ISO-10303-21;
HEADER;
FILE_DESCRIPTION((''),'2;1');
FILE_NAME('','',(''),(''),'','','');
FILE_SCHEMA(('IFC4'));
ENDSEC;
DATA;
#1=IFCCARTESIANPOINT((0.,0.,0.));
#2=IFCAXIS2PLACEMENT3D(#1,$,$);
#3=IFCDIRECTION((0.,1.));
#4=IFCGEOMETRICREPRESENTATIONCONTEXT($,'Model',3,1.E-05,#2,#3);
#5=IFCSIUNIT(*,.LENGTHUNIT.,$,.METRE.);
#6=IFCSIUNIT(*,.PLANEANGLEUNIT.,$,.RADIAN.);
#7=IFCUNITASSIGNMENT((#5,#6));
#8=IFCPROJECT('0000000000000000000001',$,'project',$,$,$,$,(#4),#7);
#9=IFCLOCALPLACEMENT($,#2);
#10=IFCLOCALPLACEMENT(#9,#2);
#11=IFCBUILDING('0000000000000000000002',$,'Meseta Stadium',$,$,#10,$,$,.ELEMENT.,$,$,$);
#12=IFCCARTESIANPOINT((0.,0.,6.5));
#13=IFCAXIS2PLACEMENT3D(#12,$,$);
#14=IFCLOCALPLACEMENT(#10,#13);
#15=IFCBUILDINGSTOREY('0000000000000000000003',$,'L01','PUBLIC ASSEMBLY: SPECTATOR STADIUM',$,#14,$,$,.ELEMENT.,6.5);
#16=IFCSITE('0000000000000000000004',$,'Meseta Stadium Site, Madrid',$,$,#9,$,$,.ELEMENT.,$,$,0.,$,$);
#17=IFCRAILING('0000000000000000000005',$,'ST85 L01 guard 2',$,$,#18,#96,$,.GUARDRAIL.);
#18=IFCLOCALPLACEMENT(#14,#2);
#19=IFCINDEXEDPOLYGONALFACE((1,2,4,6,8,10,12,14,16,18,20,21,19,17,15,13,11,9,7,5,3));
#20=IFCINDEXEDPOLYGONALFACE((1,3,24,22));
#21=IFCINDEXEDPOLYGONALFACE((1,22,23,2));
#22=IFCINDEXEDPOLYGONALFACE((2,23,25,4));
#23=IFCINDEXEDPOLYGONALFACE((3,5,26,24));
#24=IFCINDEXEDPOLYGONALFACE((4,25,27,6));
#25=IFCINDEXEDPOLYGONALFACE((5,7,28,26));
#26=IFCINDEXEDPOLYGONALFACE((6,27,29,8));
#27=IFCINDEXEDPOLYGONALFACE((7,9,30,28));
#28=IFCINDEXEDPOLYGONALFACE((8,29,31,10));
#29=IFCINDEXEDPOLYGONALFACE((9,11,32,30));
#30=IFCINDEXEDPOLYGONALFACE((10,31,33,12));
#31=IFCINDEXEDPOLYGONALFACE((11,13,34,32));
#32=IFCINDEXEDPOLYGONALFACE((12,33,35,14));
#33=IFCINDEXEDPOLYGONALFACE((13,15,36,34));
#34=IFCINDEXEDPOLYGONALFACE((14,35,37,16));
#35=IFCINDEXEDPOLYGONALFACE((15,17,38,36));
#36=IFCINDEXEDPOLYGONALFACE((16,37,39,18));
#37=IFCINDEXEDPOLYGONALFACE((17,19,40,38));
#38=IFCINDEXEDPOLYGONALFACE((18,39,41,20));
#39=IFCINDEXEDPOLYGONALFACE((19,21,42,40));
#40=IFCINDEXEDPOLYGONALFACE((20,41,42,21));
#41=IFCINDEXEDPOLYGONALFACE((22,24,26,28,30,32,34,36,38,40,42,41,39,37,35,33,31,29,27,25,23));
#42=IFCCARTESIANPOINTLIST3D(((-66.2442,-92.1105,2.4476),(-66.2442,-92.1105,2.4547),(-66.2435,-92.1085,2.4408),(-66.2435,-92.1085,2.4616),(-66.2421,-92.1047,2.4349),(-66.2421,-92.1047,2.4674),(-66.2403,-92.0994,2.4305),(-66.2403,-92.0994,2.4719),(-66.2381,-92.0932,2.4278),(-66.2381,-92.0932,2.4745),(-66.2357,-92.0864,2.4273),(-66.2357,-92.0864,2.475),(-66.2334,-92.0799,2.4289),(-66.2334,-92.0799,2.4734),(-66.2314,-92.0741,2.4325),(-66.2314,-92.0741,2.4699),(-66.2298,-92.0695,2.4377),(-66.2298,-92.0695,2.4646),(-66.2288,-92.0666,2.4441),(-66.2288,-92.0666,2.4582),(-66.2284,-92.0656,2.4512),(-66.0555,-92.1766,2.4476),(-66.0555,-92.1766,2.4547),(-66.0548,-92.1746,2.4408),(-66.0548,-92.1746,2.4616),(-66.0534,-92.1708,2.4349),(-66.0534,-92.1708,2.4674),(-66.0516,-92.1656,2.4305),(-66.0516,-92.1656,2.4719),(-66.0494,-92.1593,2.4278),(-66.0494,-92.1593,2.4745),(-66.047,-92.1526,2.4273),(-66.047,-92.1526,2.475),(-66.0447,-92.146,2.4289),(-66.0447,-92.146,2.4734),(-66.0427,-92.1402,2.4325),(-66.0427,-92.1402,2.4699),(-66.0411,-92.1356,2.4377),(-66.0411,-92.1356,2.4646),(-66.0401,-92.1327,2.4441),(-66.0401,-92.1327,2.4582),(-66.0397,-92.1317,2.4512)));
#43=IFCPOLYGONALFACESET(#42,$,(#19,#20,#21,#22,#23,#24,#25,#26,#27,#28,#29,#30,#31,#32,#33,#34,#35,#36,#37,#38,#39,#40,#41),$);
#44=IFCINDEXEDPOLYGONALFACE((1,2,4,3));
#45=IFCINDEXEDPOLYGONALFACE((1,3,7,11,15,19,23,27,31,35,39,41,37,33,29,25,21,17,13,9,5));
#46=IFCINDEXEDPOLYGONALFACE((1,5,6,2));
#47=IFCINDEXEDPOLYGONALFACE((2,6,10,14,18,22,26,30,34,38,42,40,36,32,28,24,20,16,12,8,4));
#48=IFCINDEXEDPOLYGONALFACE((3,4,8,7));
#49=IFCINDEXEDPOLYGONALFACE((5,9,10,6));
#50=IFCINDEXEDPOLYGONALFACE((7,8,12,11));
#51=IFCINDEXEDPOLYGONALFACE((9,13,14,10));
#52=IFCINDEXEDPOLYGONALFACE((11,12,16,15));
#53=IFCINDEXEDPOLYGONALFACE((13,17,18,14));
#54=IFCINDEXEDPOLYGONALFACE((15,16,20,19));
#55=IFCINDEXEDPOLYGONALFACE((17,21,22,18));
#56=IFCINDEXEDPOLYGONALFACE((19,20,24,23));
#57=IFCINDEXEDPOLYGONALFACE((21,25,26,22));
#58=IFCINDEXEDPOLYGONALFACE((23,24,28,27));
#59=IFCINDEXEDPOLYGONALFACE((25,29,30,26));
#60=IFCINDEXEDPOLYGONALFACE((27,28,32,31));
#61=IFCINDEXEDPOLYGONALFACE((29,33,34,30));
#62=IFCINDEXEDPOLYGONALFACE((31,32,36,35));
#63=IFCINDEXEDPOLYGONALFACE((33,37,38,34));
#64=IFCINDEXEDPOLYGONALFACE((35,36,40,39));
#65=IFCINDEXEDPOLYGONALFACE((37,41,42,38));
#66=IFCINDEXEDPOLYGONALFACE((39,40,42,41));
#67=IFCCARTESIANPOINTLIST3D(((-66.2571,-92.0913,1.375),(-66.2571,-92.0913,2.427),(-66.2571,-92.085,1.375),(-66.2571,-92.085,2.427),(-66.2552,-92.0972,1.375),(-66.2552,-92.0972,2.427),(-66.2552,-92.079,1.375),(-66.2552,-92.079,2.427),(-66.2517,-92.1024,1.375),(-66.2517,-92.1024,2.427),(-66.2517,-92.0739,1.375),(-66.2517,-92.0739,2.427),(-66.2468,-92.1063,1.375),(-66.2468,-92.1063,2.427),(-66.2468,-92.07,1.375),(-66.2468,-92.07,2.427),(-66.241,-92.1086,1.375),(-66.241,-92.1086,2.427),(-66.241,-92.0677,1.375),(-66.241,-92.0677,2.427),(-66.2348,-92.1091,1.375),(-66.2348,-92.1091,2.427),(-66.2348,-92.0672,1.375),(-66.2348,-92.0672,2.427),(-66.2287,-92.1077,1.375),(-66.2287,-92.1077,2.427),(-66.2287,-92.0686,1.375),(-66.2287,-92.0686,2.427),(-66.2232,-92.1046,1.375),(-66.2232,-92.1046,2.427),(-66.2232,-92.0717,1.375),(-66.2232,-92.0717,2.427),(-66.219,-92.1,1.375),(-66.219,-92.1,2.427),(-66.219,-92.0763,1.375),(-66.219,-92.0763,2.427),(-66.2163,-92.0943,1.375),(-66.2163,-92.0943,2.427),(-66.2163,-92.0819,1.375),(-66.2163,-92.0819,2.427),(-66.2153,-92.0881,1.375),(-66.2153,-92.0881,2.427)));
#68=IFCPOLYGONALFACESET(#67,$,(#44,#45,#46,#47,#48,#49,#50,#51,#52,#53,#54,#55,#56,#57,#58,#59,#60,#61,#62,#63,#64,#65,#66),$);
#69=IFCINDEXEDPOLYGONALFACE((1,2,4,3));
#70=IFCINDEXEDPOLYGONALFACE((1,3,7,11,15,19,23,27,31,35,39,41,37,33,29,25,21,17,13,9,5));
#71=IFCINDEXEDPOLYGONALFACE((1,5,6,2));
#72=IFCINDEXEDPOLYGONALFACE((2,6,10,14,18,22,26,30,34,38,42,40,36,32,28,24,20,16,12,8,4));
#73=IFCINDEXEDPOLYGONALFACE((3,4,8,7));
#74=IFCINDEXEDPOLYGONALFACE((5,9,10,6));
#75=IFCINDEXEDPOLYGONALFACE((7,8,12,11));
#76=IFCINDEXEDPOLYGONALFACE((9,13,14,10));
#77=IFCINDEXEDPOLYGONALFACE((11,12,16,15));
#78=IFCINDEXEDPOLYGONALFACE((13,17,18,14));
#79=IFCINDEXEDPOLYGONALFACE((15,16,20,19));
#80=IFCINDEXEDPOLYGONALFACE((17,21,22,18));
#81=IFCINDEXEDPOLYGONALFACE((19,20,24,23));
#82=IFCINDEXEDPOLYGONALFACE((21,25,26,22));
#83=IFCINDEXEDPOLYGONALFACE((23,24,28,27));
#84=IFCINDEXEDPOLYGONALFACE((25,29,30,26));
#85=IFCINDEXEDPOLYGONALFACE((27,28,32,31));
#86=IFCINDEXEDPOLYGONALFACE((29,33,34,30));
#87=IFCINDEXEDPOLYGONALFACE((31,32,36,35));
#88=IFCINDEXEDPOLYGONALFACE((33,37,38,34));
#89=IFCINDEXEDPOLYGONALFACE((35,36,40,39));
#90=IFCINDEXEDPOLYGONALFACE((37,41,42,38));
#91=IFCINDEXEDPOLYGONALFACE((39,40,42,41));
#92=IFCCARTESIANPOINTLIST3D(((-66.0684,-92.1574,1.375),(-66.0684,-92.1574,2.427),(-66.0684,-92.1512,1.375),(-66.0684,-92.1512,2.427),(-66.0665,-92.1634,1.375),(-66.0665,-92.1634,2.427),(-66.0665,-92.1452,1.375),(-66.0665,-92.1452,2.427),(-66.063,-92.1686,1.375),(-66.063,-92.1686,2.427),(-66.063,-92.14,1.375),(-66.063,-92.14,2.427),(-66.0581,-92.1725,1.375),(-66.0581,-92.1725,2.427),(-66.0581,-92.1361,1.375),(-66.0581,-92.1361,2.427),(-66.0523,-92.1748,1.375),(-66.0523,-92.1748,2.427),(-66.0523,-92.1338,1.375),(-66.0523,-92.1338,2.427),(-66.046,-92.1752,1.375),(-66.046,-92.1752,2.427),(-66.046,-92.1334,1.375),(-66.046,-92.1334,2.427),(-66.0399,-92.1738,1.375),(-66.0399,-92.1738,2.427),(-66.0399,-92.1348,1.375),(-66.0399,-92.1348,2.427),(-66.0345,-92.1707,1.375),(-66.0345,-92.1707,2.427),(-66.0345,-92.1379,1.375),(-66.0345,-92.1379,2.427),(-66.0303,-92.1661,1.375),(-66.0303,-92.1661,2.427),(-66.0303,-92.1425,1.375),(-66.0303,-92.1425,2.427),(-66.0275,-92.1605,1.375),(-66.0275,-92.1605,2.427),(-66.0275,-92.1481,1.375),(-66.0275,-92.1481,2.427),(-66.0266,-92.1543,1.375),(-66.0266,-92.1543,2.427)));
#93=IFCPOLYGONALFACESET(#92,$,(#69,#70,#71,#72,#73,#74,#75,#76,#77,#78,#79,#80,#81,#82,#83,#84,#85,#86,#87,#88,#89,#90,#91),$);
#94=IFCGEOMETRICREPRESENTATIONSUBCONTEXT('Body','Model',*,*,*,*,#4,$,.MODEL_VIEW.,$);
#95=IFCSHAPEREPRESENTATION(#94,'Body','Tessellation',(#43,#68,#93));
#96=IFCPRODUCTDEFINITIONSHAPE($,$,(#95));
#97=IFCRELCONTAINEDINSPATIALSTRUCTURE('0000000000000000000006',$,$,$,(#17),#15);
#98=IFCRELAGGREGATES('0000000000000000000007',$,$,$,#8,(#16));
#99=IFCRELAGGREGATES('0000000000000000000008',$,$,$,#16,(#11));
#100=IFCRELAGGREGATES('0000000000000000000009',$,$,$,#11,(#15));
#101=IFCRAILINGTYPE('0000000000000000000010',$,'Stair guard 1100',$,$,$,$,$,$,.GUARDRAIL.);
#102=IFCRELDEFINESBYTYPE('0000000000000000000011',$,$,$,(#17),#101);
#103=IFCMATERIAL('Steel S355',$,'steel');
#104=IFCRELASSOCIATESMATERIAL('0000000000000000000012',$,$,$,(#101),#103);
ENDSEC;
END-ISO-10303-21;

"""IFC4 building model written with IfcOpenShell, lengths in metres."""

from ifc_helpers import new_model, si_unit, direction, frame, origin, origin_2d, place, context, subcontext, project, spatial, circle, extrude, material, type_object, element, save


model = new_model("IFC4")

# Units and contexts
model_context = context("Model", 3, precision=1e-05, world=origin(), true_north=direction((0.0, 1.0)))
body_context = subcontext(model_context, "Body", "Model", "MODEL_VIEW")
ifc_project = project(units=[si_unit("LENGTHUNIT", "METRE"), si_unit("PLANEANGLEUNIT", "RADIAN")], contexts=[model_context])

# Site, building, storey
site_placement = place(None, origin())
site = spatial("IfcSite", under=ifc_project, at=site_placement, Name="Meseta Stadium Site, Madrid", CompositionType="ELEMENT", RefElevation=0.0)
building_placement = place(site_placement, origin())
building = spatial("IfcBuilding", under=site, at=building_placement, Name="Meseta Stadium", CompositionType="ELEMENT")
storey_placement = place(building_placement, frame((0.0, 0.0, 6.5)))
storey = spatial("IfcBuildingStorey", under=building, at=storey_placement, Name="L01", Description="PUBLIC ASSEMBLY: SPECTATOR STADIUM", CompositionType="ELEMENT", Elevation=6.5)

# Railing
ifc_material_1 = material(Name="Steel S355", Category="steel")
railing_type_1 = type_object("IfcRailingType", Name="Stair guard 1100", PredefinedType="GUARDRAIL", material=ifc_material_1)
railing_1_placement = place(storey_placement, frame((-66.2363, -92.0881, 1.375)))
element("IfcRailing", 1, at=railing_1_placement, inside=storey, type_object=railing_type_1, Name="ST85 L01 guard 2", PredefinedType="GUARDRAIL", context=body_context, shape_type="SweptSolid", body=[
    extrude(circle(Radius=0.0239, at=origin_2d()), frame((0.0, 0.0, 1.0762), z_axis=(0.943687, -0.33084, 0.0), x_axis=(0.33084, 0.943687, 0.0)), (0.0, 0.0, 1.0), 0.2),
    extrude(circle(Radius=0.021, at=origin_2d()), origin(), (0.0, 0.0, 1.0), 1.052),
    extrude(circle(Radius=0.021, at=origin_2d()), frame((0.1887, -0.0662, 0.0)), (0.0, 0.0, 1.0), 1.052),
])

save(model, "model.ifc")
